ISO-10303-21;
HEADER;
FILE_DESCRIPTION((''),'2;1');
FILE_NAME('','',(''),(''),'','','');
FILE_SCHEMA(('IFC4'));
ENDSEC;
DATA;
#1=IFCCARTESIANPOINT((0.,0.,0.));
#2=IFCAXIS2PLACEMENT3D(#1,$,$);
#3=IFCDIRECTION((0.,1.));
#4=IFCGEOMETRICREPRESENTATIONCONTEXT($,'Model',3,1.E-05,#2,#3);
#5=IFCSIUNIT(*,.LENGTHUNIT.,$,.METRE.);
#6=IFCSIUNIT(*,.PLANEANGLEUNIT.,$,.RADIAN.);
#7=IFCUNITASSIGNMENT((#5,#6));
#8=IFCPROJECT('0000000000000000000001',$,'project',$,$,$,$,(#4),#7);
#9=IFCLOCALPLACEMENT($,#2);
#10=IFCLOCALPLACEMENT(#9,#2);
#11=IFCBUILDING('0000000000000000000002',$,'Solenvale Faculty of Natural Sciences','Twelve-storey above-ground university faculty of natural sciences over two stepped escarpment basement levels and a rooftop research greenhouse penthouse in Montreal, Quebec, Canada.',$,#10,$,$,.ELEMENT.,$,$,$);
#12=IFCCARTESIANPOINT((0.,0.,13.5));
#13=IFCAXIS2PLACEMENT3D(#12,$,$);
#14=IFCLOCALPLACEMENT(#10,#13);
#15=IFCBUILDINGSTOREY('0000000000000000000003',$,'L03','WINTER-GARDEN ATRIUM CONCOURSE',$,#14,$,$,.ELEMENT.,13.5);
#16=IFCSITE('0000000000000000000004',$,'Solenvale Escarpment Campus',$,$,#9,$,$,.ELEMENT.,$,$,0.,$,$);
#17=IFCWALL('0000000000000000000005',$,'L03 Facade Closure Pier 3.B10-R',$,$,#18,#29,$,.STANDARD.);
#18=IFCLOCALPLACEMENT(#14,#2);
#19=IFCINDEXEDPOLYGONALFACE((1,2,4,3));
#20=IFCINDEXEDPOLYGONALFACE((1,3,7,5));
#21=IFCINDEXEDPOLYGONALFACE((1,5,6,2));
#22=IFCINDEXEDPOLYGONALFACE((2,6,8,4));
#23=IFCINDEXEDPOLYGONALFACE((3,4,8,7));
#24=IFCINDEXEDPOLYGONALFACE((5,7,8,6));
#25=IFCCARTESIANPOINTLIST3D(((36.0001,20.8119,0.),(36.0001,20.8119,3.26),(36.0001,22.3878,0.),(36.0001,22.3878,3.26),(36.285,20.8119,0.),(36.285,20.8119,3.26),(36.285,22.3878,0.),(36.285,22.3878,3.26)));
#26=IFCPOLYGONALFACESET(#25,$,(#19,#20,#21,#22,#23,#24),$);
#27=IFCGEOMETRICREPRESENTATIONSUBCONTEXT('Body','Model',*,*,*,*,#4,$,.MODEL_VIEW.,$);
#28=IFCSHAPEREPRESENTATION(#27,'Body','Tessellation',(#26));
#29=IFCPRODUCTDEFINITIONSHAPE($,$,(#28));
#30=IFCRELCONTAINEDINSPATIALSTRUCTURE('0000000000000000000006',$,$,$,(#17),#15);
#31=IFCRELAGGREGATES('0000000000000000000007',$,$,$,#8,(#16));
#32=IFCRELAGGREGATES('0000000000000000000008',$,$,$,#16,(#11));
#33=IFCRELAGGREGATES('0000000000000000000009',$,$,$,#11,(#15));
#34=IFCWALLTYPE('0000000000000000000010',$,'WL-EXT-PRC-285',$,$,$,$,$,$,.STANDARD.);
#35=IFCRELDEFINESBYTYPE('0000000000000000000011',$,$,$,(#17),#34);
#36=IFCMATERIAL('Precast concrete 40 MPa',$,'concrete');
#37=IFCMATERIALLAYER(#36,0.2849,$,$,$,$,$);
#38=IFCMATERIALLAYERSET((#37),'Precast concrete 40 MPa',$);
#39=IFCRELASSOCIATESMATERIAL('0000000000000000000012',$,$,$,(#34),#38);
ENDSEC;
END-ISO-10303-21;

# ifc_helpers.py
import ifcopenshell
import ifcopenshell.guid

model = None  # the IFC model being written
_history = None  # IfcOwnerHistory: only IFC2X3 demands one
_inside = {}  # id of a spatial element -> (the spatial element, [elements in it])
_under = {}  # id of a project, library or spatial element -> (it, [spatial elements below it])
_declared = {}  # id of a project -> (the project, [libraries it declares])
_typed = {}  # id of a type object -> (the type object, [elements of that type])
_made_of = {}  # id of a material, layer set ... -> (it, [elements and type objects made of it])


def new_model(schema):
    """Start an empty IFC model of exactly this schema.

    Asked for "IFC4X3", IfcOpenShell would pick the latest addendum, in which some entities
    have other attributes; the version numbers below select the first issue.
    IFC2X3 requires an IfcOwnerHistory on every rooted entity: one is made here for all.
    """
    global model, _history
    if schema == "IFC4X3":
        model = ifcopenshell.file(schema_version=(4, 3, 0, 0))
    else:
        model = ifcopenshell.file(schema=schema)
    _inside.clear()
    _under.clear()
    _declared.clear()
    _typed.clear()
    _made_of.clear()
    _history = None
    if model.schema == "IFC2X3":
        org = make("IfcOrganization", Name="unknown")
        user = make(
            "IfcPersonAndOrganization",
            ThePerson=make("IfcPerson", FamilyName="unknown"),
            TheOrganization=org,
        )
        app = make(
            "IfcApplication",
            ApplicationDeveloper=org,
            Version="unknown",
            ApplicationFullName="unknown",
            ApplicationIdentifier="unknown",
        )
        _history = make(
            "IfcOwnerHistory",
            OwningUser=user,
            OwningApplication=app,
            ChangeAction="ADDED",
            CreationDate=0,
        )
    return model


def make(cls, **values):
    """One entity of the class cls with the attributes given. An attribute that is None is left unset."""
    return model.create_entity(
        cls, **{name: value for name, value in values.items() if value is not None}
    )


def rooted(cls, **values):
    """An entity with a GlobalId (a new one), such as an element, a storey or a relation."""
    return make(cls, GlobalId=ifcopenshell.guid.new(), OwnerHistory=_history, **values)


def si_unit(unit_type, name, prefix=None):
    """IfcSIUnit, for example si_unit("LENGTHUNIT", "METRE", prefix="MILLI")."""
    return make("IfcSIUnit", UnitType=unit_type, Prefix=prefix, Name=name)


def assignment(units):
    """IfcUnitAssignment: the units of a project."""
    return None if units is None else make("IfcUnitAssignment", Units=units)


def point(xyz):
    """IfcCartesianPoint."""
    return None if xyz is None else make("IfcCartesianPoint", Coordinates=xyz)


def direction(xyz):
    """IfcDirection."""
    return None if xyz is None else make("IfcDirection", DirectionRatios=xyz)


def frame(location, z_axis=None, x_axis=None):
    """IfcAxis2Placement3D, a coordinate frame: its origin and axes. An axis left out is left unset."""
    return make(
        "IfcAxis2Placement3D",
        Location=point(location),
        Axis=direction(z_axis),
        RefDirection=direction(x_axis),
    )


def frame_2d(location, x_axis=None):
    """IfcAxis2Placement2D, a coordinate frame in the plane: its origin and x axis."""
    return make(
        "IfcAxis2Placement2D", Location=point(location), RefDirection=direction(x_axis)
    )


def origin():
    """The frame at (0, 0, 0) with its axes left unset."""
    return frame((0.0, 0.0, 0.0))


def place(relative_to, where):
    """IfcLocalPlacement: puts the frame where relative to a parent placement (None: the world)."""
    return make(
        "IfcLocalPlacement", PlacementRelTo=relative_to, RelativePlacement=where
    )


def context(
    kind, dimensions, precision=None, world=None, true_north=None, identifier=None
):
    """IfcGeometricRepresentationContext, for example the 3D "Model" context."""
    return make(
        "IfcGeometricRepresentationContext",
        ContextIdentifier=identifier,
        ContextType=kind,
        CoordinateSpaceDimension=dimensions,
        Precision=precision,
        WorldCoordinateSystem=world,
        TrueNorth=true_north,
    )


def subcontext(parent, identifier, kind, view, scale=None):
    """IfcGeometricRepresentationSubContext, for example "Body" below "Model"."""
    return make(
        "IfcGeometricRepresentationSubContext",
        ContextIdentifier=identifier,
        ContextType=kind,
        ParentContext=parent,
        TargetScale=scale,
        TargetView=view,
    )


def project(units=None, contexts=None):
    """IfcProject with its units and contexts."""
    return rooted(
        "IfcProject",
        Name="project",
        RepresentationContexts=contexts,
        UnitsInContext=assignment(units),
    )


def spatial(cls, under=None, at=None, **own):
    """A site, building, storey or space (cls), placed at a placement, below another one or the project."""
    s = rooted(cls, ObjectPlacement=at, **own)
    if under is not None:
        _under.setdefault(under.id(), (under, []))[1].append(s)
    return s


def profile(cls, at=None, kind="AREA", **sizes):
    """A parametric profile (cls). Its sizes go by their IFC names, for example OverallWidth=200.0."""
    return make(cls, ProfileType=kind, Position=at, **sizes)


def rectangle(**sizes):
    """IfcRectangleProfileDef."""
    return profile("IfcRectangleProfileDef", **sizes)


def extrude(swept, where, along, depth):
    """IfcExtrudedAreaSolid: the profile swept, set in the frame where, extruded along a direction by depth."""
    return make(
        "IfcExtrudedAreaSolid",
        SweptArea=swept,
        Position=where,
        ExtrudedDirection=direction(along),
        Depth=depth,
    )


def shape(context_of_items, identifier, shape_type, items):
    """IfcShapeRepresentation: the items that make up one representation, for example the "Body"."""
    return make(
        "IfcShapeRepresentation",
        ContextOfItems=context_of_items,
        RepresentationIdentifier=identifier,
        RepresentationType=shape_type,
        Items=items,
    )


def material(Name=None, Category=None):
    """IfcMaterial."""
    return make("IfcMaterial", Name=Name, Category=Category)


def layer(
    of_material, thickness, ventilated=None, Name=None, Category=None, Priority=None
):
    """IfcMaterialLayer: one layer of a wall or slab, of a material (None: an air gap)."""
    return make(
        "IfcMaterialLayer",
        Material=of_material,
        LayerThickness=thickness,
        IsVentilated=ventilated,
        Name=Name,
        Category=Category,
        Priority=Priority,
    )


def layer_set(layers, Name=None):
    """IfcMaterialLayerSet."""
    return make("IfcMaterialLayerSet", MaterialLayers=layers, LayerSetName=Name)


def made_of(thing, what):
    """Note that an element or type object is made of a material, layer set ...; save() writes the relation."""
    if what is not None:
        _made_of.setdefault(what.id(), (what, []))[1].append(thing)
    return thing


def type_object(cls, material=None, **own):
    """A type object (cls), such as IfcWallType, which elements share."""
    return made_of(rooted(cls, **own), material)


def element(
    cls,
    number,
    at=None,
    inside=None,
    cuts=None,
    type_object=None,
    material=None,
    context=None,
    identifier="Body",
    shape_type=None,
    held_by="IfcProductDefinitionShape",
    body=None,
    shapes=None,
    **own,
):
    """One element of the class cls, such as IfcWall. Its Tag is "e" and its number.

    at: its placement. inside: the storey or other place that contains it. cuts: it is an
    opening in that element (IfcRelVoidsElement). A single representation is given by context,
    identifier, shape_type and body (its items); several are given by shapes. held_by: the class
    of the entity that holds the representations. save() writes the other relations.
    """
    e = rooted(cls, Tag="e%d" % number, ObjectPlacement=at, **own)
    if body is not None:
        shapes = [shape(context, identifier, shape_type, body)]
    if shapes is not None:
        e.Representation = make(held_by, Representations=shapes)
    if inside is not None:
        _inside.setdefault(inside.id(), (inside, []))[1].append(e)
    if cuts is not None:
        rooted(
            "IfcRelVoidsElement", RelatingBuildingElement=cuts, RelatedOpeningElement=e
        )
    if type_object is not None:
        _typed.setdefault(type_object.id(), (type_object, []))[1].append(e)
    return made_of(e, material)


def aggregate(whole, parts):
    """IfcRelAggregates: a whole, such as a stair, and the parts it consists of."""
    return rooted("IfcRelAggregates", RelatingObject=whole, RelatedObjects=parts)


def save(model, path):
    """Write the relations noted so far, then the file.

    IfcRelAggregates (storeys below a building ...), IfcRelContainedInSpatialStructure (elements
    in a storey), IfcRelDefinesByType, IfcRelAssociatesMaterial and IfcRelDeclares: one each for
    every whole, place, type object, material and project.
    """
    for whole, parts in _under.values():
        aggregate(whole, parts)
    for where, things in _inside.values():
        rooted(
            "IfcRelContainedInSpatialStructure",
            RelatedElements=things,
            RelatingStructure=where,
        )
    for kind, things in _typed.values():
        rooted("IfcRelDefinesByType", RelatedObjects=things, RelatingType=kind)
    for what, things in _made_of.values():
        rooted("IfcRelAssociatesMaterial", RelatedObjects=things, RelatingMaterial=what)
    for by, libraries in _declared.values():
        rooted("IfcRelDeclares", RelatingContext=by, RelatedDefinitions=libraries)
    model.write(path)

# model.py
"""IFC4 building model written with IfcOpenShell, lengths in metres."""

from ifc_helpers import new_model, si_unit, direction, frame, frame_2d, origin, place, context, subcontext, project, spatial, rectangle, extrude, material, layer, layer_set, type_object, element, save


model = new_model("IFC4")

# Units and contexts
model_context = context("Model", 3, precision=1e-05, world=origin(), true_north=direction((0.0, 1.0)))
body_context = subcontext(model_context, "Body", "Model", "MODEL_VIEW")
ifc_project = project(units=[si_unit("LENGTHUNIT", "METRE"), si_unit("PLANEANGLEUNIT", "RADIAN")], contexts=[model_context])

# Site, building, storey
site_placement = place(None, origin())
site = spatial("IfcSite", under=ifc_project, at=site_placement, Name="Solenvale Escarpment Campus", CompositionType="ELEMENT", RefElevation=0.0)
building_placement = place(site_placement, origin())
building = spatial("IfcBuilding", under=site, at=building_placement, Name="Solenvale Faculty of Natural Sciences", Description="Twelve-storey above-ground university faculty of natural sciences over two stepped escarpment basement levels and a rooftop research greenhouse penthouse in Montreal, Quebec, Canada.", CompositionType="ELEMENT")
storey_placement = place(building_placement, frame((0.0, 0.0, 13.5)))
storey = spatial("IfcBuildingStorey", under=building, at=storey_placement, Name="L03", Description="WINTER-GARDEN ATRIUM CONCOURSE", CompositionType="ELEMENT", Elevation=13.5)

# Wall
ifc_material_1 = material(Name="Precast concrete 40 MPa", Category="concrete")
ifc_layer_1 = layer(ifc_material_1, 0.2849)
ifc_layer_set_1 = layer_set([ifc_layer_1], Name="Precast concrete 40 MPa")
wall_type = type_object("IfcWallType", Name="WL-EXT-PRC-285", PredefinedType="STANDARD", material=ifc_layer_set_1)
wall_placement = place(storey_placement, frame((36.1426, 22.3879, 0.0), z_axis=(0.0, 0.0, 1.0), x_axis=(0.0, -1.0, 0.0)))
element("IfcWall", 1, at=wall_placement, inside=storey, type_object=wall_type, Name="L03 Facade Closure Pier 3.B10-R", PredefinedType="STANDARD", context=body_context, shape_type="SweptSolid", body=[
    extrude(rectangle(XDim=1.5759, YDim=0.2849, at=frame_2d((0.7881, 0.0))), origin(), (0.0, 0.0, 1.0), 3.26),
])

save(model, "model.ifc")
